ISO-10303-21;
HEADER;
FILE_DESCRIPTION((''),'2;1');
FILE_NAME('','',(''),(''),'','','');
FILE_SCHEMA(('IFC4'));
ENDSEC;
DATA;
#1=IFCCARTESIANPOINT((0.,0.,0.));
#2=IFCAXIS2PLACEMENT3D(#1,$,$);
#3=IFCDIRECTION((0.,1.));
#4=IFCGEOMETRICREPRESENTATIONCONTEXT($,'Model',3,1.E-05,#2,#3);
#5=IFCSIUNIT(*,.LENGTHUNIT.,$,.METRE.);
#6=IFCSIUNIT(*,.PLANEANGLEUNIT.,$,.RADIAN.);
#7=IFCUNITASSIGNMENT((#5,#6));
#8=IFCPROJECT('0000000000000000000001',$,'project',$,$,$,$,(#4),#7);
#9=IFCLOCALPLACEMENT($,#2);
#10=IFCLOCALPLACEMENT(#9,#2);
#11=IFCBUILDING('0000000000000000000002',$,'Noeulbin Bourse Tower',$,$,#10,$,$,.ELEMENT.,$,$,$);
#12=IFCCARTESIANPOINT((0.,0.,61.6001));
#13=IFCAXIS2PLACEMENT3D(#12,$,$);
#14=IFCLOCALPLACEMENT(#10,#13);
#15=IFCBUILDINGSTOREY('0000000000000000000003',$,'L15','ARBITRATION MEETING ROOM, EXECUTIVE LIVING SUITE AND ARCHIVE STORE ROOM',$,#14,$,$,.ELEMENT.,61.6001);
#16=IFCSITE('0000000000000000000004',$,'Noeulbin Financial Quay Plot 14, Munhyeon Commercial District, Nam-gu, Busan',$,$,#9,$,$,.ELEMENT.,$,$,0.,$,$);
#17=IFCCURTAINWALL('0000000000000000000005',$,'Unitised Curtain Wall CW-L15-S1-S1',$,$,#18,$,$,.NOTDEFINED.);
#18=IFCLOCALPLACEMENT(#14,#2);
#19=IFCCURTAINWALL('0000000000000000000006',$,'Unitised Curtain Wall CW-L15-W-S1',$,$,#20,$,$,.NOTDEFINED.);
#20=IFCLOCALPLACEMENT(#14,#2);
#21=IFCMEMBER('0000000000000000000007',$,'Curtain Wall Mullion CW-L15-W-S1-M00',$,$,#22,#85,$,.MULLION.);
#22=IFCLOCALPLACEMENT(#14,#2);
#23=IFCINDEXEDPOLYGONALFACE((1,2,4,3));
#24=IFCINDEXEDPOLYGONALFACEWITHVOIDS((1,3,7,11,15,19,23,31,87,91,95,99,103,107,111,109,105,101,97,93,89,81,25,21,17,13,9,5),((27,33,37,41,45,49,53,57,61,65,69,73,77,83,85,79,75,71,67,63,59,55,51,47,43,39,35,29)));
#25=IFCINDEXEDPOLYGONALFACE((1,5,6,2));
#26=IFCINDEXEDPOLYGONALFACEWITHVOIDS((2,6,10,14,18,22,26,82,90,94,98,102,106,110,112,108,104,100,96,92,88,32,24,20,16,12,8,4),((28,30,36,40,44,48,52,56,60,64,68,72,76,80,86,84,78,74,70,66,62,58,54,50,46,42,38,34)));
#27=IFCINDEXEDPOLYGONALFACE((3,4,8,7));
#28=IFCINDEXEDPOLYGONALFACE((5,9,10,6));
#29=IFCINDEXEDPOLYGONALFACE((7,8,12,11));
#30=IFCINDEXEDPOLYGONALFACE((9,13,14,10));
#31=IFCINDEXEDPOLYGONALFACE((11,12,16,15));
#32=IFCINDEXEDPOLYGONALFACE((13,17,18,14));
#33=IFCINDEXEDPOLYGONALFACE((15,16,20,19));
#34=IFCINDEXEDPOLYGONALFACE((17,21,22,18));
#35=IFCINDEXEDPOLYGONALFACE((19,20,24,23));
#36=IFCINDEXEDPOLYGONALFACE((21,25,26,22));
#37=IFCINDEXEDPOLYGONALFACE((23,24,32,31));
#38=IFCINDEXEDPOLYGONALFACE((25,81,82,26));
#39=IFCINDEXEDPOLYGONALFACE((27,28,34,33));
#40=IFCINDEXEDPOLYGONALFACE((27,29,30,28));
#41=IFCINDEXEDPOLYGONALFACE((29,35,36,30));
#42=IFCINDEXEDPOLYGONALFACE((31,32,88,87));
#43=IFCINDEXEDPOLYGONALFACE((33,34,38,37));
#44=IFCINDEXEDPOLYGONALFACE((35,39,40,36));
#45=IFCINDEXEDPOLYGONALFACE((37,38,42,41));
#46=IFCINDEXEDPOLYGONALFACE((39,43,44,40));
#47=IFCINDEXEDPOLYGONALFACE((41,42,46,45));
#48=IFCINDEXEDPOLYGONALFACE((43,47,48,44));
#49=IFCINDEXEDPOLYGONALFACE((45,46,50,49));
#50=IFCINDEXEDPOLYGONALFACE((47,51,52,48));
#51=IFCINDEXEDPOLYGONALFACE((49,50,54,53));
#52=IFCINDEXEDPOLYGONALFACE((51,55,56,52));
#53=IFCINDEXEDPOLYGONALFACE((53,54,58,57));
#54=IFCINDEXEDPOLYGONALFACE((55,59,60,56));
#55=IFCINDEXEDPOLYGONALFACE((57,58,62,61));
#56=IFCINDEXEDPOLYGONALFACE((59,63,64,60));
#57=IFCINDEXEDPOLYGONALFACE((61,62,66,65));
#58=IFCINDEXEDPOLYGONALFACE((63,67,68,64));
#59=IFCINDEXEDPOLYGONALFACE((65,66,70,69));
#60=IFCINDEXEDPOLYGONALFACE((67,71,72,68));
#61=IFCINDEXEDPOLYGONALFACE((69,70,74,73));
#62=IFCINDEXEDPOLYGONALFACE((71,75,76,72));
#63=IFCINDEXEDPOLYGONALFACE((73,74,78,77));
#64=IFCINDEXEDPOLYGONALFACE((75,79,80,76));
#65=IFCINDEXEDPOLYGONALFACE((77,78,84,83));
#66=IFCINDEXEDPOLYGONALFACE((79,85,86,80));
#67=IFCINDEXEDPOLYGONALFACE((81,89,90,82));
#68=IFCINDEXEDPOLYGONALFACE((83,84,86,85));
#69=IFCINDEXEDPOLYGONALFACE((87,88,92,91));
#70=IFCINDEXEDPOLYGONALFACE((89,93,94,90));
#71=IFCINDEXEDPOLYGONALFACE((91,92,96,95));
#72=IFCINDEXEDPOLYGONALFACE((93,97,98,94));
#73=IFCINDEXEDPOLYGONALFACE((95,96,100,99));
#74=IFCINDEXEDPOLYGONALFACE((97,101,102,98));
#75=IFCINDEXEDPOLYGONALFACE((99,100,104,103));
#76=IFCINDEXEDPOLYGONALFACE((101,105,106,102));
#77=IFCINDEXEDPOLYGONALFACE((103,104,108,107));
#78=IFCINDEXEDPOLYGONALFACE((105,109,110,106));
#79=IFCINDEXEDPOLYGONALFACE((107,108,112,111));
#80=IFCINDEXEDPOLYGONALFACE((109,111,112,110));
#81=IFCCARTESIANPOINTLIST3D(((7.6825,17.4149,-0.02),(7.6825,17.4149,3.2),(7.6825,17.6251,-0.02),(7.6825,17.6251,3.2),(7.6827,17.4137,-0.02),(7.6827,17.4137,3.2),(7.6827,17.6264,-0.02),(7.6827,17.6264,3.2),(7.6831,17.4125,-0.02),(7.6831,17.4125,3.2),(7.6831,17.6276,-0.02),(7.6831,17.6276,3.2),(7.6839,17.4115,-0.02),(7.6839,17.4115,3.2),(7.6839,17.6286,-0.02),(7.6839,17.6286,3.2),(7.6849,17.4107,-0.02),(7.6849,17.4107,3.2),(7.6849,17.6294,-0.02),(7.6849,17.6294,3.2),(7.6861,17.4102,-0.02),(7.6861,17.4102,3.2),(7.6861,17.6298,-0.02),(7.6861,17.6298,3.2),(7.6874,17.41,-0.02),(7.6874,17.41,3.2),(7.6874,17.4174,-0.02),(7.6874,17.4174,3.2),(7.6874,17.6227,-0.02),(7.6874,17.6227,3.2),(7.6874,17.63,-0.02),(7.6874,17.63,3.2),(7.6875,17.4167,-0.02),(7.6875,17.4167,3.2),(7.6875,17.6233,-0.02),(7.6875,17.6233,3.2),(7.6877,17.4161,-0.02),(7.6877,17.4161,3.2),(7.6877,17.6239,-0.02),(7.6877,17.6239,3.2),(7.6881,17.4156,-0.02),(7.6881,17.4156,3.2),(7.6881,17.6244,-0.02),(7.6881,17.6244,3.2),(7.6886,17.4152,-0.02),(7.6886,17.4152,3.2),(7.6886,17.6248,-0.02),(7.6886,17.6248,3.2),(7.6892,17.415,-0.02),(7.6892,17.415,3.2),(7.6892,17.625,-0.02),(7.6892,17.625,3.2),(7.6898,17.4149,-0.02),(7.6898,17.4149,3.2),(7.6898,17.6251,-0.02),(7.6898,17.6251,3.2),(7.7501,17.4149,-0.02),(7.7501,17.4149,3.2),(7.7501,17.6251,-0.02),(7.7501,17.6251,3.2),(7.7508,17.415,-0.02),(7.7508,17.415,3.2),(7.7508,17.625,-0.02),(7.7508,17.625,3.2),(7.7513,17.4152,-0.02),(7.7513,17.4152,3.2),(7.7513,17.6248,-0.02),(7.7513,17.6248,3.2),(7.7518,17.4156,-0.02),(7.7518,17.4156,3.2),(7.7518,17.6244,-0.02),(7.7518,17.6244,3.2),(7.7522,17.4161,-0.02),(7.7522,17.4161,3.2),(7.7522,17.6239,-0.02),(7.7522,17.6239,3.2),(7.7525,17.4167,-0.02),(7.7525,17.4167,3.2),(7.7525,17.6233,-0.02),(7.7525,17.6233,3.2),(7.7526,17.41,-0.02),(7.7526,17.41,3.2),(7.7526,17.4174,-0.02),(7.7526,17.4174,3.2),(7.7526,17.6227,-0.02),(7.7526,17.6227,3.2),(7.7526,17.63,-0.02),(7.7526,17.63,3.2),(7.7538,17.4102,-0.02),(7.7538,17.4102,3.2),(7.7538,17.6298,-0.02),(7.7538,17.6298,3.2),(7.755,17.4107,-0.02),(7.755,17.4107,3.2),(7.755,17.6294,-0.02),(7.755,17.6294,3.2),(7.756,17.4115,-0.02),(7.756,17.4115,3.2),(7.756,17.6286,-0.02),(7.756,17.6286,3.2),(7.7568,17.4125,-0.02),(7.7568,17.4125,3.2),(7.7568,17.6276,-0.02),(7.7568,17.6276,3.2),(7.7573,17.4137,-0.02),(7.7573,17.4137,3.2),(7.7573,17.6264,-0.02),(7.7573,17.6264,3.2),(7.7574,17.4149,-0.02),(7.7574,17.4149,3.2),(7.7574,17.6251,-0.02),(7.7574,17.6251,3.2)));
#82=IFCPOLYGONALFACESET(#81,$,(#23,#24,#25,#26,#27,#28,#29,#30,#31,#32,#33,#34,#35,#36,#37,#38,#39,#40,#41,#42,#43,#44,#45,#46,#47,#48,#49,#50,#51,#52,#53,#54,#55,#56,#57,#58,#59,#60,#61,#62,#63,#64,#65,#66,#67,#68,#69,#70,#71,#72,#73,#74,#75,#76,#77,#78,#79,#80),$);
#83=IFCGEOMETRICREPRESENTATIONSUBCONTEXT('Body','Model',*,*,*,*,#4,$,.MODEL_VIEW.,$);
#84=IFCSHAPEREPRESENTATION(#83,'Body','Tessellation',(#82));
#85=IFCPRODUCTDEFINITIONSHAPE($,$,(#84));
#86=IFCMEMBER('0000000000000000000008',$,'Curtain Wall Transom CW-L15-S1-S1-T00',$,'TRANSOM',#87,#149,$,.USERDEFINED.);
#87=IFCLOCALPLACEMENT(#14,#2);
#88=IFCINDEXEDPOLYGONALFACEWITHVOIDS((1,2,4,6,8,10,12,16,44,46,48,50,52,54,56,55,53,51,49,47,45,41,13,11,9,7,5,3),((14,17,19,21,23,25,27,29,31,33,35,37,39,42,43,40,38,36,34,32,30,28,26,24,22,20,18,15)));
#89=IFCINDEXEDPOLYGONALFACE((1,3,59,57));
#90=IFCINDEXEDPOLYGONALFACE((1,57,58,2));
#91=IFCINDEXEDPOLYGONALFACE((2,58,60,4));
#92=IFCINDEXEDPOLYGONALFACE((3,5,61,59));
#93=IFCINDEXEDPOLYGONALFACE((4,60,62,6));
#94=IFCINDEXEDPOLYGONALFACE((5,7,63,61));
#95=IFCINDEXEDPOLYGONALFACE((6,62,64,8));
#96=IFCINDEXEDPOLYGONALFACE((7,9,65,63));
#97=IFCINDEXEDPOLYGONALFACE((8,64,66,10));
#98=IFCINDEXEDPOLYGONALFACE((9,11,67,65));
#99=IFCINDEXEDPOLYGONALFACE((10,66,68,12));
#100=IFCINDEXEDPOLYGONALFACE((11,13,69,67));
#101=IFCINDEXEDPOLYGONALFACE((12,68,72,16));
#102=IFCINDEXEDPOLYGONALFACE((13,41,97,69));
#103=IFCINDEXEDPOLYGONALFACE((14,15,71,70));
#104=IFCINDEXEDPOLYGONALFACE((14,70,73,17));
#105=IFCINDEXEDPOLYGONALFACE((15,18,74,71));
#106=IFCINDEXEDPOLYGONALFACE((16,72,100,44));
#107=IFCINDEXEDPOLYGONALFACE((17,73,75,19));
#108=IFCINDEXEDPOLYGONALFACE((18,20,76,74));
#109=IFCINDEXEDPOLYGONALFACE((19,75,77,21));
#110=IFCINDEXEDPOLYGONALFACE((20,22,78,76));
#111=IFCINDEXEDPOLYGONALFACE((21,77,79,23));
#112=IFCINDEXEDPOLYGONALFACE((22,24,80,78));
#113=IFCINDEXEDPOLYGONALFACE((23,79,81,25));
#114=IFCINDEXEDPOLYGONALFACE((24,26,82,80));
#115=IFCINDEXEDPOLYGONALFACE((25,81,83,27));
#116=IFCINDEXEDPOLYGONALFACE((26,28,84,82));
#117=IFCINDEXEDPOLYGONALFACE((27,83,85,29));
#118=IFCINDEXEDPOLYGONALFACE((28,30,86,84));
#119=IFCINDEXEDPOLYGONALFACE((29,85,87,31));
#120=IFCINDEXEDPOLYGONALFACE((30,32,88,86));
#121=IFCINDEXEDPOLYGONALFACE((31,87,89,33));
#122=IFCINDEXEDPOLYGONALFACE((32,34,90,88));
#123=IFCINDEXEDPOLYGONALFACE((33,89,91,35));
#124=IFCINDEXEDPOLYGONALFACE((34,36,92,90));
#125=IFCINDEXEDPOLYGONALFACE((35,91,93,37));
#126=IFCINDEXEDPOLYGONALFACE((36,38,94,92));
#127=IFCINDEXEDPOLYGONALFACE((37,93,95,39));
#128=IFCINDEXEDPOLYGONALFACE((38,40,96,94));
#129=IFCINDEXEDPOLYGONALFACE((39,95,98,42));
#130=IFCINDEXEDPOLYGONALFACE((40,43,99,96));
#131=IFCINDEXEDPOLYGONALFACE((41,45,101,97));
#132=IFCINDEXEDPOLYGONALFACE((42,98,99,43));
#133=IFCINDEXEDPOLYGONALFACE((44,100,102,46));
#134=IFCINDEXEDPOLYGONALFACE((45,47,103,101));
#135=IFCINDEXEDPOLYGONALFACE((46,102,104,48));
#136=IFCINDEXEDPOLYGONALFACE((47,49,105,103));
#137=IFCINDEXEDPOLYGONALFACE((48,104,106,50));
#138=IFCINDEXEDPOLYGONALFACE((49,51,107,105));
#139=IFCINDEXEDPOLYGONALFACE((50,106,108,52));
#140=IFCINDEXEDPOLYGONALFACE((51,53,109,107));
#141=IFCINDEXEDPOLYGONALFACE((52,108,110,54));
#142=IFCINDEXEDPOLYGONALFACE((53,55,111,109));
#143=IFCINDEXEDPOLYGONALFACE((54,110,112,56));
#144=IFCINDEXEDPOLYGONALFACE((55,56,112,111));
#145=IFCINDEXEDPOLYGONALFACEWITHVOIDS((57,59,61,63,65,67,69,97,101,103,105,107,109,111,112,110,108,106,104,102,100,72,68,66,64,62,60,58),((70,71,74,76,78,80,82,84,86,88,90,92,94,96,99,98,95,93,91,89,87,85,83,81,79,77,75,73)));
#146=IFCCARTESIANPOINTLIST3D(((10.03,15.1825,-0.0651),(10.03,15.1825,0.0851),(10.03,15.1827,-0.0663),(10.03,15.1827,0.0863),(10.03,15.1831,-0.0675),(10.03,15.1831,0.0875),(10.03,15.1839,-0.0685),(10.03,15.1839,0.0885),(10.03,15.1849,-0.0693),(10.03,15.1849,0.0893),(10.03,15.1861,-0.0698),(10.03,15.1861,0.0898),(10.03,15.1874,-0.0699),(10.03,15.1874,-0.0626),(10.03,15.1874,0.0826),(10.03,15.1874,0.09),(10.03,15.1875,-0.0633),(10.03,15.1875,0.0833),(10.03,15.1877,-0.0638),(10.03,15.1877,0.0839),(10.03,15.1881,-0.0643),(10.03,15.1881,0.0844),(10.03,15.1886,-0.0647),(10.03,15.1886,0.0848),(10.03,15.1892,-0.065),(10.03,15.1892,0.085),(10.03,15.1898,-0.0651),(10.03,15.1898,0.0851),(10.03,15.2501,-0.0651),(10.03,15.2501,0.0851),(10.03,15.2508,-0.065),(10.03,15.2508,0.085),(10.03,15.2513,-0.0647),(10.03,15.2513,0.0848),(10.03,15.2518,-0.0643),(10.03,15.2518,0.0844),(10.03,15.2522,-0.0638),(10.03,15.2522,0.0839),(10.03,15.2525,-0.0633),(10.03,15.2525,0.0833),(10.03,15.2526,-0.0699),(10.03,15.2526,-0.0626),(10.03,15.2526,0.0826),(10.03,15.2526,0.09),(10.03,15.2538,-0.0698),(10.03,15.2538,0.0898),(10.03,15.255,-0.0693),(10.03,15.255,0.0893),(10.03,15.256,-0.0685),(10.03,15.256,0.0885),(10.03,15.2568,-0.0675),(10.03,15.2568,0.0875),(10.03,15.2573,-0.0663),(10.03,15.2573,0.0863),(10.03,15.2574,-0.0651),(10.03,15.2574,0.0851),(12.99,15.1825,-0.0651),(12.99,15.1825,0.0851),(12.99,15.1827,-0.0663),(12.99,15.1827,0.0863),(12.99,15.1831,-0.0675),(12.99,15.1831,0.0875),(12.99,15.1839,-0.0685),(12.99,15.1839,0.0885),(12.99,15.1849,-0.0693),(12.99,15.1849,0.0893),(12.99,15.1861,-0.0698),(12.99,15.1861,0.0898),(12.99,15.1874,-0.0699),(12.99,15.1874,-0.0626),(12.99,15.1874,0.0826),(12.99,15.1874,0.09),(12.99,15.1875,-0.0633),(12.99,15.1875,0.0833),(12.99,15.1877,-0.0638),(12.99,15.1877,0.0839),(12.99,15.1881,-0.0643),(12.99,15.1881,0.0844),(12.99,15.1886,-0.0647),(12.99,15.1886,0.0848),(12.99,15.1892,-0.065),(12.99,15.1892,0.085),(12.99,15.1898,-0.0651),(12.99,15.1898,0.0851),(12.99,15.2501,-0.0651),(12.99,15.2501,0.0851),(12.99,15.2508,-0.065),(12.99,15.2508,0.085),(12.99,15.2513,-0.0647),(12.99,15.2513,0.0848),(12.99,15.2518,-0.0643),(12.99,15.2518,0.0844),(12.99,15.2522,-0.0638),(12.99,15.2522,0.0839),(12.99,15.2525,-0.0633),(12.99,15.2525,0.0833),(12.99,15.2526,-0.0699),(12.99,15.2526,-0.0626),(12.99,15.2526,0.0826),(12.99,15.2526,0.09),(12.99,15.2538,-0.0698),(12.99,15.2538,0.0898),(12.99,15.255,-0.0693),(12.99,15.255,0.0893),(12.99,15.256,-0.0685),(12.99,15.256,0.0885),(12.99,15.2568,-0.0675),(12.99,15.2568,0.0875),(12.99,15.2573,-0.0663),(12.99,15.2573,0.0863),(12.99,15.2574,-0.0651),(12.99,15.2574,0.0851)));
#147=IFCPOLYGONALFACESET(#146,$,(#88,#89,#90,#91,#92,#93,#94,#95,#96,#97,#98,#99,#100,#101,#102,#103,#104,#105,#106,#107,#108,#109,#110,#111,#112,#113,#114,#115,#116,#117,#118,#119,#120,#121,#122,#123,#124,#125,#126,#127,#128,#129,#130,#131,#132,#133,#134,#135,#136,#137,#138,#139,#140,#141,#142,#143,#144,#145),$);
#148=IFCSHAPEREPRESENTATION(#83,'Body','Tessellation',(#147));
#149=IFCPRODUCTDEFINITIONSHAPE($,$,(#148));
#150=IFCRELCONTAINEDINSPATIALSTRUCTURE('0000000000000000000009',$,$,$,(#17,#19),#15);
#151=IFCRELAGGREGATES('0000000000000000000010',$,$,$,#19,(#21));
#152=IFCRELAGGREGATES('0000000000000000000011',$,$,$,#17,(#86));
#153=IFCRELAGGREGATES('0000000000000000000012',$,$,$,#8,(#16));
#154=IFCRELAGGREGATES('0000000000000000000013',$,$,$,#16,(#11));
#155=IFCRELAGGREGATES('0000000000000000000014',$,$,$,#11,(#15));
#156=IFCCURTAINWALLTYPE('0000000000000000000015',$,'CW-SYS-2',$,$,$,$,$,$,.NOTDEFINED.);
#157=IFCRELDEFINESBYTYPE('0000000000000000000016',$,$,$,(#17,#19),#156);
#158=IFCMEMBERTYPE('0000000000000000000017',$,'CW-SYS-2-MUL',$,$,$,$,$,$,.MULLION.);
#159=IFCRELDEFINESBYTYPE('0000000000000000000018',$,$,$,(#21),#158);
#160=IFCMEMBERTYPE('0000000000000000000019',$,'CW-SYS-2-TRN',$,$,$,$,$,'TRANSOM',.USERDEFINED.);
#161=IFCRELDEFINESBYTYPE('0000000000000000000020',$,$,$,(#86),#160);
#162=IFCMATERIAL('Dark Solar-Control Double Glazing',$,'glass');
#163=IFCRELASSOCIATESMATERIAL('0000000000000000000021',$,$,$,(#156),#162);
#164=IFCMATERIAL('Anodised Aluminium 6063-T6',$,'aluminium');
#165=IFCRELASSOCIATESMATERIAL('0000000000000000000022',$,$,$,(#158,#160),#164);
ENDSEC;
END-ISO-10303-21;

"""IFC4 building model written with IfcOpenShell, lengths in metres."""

from ifc_helpers import new_model, si_unit, direction, frame, origin, origin_2d, place, context, subcontext, project, spatial, hollow_rectangle, extrude, material, material_profile, profile_set, type_object, element, aggregate, save


model = new_model("IFC4")

# Units and contexts
model_context = context("Model", 3, precision=1e-05, world=origin(), true_north=direction((0.0, 1.0)))
body_context = subcontext(model_context, "Body", "Model", "MODEL_VIEW")
ifc_project = project(units=[si_unit("LENGTHUNIT", "METRE"), si_unit("PLANEANGLEUNIT", "RADIAN")], contexts=[model_context])

# Site, building, storey
site_placement = place(None, origin())
site = spatial("IfcSite", under=ifc_project, at=site_placement, Name="Noeulbin Financial Quay Plot 14, Munhyeon Commercial District, Nam-gu, Busan", CompositionType="ELEMENT", RefElevation=0.0)
building_placement = place(site_placement, origin())
building = spatial("IfcBuilding", under=site, at=building_placement, Name="Noeulbin Bourse Tower", CompositionType="ELEMENT")
storey_placement = place(building_placement, frame((0.0, 0.0, 61.6001)))
storey = spatial("IfcBuildingStorey", under=building, at=storey_placement, Name="L15", Description="ARBITRATION MEETING ROOM, EXECUTIVE LIVING SUITE AND ARCHIVE STORE ROOM", CompositionType="ELEMENT", Elevation=61.6001)

# Curtain wall
ifc_material_1 = material(Name="Dark Solar-Control Double Glazing", Category="glass")
curtain_wall_type = type_object("IfcCurtainWallType", Name="CW-SYS-2", PredefinedType="NOTDEFINED", material=ifc_material_1)
curtain_wall_1_placement = place(storey_placement, origin())
curtain_wall_1 = element("IfcCurtainWall", 1, at=curtain_wall_1_placement, inside=storey, type_object=curtain_wall_type, Name="Unitised Curtain Wall CW-L15-S1-S1", PredefinedType="NOTDEFINED")
ifc_material_2 = material(Name="Anodised Aluminium 6063-T6", Category="aluminium")
ifc_material_profile_1 = material_profile(ifc_material_2, hollow_rectangle(XDim=0.075, YDim=0.22, WallThickness=0.0049, InnerFilletRadius=0.0024, OuterFilletRadius=0.0049, at=origin_2d()), Name="ALU-MULL-75x220x5", Category="LoadBearing")
ifc_profile_set_1 = profile_set([ifc_material_profile_1], Name="Anodised Aluminium 6063-T6")
member_type_1 = type_object("IfcMemberType", Name="CW-SYS-2-MUL", PredefinedType="MULLION", material=ifc_profile_set_1)

# Curtain wall, member
curtain_wall_2_placement = place(storey_placement, origin())
curtain_wall_2 = element("IfcCurtainWall", 2, at=curtain_wall_2_placement, inside=storey, type_object=curtain_wall_type, Name="Unitised Curtain Wall CW-L15-W-S1", PredefinedType="NOTDEFINED")
member_1_placement = place(storey_placement, frame((7.72, 17.52, -0.02), z_axis=(0.0, 0.0, 1.0), x_axis=(1.0, 0.0, 0.0)))
member_1 = element("IfcMember", 3, at=member_1_placement, type_object=member_type_1, Name="Curtain Wall Mullion CW-L15-W-S1-M00", PredefinedType="MULLION", context=body_context, shape_type="SweptSolid", body=[
    extrude(hollow_rectangle(XDim=0.075, YDim=0.22, WallThickness=0.0049, InnerFilletRadius=0.0024, OuterFilletRadius=0.0049, at=origin_2d()), origin(), (0.0, 0.0, 1.0), 3.22),
])

# Member
ifc_material_profile_2 = material_profile(ifc_material_2, hollow_rectangle(XDim=0.075, YDim=0.1599, WallThickness=0.0049, InnerFilletRadius=0.0024, OuterFilletRadius=0.0049, at=origin_2d()), Name="ALU-TRAN-75x160x5", Category="LoadBearing")
ifc_profile_set_2 = profile_set([ifc_material_profile_2], Name="Anodised Aluminium 6063-T6")
member_type_2 = type_object("IfcMemberType", Name="CW-SYS-2-TRN", ElementType="TRANSOM", PredefinedType="USERDEFINED", material=ifc_profile_set_2)
member_2_placement = place(storey_placement, frame((10.03, 15.22, 0.01), z_axis=(1.0, 0.0, 0.0), x_axis=(0.0, 1.0, 0.0)))
member_2 = element("IfcMember", 4, at=member_2_placement, type_object=member_type_2, Name="Curtain Wall Transom CW-L15-S1-S1-T00", ObjectType="TRANSOM", PredefinedType="USERDEFINED", context=body_context, shape_type="SweptSolid", body=[
    extrude(hollow_rectangle(XDim=0.075, YDim=0.1599, WallThickness=0.0049, InnerFilletRadius=0.0024, OuterFilletRadius=0.0049, at=origin_2d()), origin(), (0.0, 0.0, 1.0), 2.96),
])
aggregate(curtain_wall_2, [member_1])

aggregate(curtain_wall_1, [member_2])

save(model, "model.ifc")
